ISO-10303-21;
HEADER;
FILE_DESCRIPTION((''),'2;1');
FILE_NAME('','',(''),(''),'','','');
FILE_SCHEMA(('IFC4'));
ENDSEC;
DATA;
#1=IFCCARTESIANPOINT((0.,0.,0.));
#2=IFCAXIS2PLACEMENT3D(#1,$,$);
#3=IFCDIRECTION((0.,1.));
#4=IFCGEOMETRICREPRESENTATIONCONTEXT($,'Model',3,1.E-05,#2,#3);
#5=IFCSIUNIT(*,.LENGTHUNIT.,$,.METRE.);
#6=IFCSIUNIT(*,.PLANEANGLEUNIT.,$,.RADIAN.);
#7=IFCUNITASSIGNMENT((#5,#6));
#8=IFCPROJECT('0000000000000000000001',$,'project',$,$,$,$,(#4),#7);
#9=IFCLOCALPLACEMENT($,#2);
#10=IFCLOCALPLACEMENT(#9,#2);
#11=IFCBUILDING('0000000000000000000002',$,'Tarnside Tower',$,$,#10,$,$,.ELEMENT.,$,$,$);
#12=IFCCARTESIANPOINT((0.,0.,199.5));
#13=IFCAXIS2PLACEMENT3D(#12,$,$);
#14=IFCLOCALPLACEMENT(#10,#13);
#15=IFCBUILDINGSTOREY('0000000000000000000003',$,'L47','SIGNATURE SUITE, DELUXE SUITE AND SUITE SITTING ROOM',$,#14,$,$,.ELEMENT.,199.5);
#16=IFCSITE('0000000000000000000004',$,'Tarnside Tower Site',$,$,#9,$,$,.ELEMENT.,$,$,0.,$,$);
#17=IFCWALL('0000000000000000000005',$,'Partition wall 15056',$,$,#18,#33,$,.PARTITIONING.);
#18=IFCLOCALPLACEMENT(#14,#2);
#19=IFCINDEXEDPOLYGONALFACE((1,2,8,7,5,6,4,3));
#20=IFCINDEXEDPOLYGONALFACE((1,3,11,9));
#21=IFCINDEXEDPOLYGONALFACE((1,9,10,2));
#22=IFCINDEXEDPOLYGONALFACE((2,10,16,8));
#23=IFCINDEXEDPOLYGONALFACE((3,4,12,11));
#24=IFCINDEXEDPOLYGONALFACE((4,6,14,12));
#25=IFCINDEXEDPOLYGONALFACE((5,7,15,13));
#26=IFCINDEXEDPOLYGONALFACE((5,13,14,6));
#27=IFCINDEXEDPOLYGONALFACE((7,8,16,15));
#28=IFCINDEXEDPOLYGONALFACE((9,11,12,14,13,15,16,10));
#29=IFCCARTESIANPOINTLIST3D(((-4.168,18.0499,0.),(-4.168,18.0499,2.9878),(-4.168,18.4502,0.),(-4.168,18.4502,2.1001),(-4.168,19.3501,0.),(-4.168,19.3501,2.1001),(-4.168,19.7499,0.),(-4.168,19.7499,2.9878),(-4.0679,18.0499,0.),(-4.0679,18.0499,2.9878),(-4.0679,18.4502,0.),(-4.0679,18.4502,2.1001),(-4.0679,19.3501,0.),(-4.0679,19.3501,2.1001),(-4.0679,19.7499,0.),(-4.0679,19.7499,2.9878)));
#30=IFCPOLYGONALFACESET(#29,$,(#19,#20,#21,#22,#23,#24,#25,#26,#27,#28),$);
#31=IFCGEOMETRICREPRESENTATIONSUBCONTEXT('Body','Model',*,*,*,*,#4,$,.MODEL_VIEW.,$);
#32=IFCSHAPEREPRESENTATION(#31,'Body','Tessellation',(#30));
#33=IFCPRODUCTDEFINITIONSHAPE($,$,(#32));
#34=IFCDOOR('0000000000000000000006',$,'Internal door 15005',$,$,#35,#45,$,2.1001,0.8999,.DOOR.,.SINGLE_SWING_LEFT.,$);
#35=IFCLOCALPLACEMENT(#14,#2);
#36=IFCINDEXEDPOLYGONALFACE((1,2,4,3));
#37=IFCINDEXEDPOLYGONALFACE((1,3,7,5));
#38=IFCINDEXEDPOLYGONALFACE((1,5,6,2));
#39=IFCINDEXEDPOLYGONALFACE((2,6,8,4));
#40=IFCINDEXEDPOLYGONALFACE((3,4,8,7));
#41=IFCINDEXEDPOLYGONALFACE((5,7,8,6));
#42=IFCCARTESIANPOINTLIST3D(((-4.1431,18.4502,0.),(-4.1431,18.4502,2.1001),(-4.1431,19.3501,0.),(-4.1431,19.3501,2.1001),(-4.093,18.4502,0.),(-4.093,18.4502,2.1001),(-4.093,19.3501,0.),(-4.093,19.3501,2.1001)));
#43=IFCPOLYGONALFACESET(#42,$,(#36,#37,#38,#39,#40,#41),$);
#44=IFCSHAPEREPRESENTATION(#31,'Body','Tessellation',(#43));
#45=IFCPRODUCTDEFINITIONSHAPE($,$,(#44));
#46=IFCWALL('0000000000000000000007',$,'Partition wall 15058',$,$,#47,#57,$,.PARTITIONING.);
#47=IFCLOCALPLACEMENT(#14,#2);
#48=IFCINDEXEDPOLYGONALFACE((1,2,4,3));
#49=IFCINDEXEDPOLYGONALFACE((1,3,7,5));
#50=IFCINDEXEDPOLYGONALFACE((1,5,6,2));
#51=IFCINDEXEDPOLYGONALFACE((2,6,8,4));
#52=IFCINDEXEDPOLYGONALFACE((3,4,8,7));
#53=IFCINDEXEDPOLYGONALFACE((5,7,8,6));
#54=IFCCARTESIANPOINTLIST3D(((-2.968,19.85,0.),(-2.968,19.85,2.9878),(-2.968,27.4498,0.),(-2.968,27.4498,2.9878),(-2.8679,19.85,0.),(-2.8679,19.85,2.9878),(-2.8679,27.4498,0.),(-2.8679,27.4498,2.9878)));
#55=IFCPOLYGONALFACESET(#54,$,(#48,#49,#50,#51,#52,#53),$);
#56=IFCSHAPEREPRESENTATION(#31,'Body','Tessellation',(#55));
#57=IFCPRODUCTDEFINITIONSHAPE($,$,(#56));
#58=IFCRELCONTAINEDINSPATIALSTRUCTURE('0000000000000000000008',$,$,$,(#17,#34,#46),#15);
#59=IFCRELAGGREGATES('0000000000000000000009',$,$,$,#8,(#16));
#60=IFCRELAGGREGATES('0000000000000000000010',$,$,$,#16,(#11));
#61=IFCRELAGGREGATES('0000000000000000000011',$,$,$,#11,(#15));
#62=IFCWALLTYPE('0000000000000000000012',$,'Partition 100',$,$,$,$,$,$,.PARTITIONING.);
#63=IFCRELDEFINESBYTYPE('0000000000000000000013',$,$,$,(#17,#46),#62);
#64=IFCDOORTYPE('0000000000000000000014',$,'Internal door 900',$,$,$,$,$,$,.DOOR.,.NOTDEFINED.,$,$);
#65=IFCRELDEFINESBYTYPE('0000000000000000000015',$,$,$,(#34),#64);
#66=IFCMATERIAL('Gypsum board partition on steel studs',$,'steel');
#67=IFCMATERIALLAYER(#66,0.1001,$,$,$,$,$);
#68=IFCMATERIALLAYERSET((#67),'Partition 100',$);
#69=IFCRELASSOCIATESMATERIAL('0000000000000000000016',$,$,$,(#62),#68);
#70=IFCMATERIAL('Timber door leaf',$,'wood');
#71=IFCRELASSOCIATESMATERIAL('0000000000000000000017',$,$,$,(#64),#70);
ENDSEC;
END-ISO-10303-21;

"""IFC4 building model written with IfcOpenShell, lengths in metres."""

from ifc_helpers import new_model, si_unit, direction, frame, frame_2d, origin, place, context, subcontext, project, spatial, rectangle, extrude, material, layer, layer_set, type_object, element, fill, save


model = new_model("IFC4")

# Units and contexts
model_context = context("Model", 3, precision=1e-05, world=origin(), true_north=direction((0.0, 1.0)))
body_context = subcontext(model_context, "Body", "Model", "MODEL_VIEW")
ifc_project = project(units=[si_unit("LENGTHUNIT", "METRE"), si_unit("PLANEANGLEUNIT", "RADIAN")], contexts=[model_context])

# Site, building, storey
site_placement = place(None, origin())
site = spatial("IfcSite", under=ifc_project, at=site_placement, Name="Tarnside Tower Site", CompositionType="ELEMENT", RefElevation=0.0)
building_placement = place(site_placement, origin())
building = spatial("IfcBuilding", under=site, at=building_placement, Name="Tarnside Tower", CompositionType="ELEMENT")
storey_placement = place(building_placement, frame((0.0, 0.0, 199.5)))
storey = spatial("IfcBuildingStorey", under=building, at=storey_placement, Name="L47", Description="SIGNATURE SUITE, DELUXE SUITE AND SUITE SITTING ROOM", CompositionType="ELEMENT", Elevation=199.5)

# Shared definitions
ifc_material_1 = material(Name="Gypsum board partition on steel studs", Category="steel")
ifc_material_2 = material(Name="Timber door leaf", Category="wood")

# Shared definitions
ifc_layer_1 = layer(ifc_material_1, 0.1001)
ifc_layer_set_1 = layer_set([ifc_layer_1], Name="Partition 100")
wall_type_1 = type_object("IfcWallType", Name="Partition 100", PredefinedType="PARTITIONING", material=ifc_layer_set_1)

# Wall, opening, door
wall_1_placement = place(storey_placement, frame((-4.1179, 19.75, 0.0), z_axis=(0.0, 0.0, 1.0), x_axis=(0.0, -1.0, 0.0)))
wall_1 = element("IfcWall", 1, at=wall_1_placement, inside=storey, type_object=wall_type_1, Name="Partition wall 15056", PredefinedType="PARTITIONING", context=body_context, shape_type="SweptSolid", body=[
    extrude(rectangle(XDim=1.7, YDim=0.1001, at=frame_2d((0.8501, 0.0))), origin(), (0.0, 0.0, 1.0), 2.9878),
])
opening_1_placement = place(wall_1_placement, frame((0.3999, 0.0, 0.0)))
opening_1 = element("IfcOpeningElement", 2, at=opening_1_placement, cuts=wall_1, PredefinedType="OPENING", context=body_context, shape_type="SweptSolid", body=[
    extrude(rectangle(XDim=0.8999, YDim=2.1001, at=frame_2d((0.45, 1.05))), frame((0.0, 0.0601, 0.0), z_axis=(0.0, -1.0, 0.0), x_axis=(1.0, 0.0, 0.0)), (0.0, 0.0, 1.0), 0.1201),
])
door_type_1 = type_object("IfcDoorType", Name="Internal door 900", OperationType="NOTDEFINED", PredefinedType="DOOR", material=ifc_material_2)
door_1_placement = place(opening_1_placement, origin())
door_1 = element("IfcDoor", 3, at=door_1_placement, inside=storey, type_object=door_type_1, Name="Internal door 15005", OperationType="SINGLE_SWING_LEFT", OverallHeight=2.1001, OverallWidth=0.8999, PredefinedType="DOOR", context=body_context, shape_type="SweptSolid", body=[
    extrude(rectangle(XDim=0.8999, YDim=2.1001, at=frame_2d((0.45, 1.05))), frame((0.0, 0.0249, 0.0), z_axis=(0.0, -1.0, 0.0), x_axis=(1.0, 0.0, 0.0)), (0.0, 0.0, 1.0), 0.05),
])
fill(opening_1, door_1)

# Wall
wall_2_placement = place(storey_placement, frame((-2.918, 19.8501, 0.0), z_axis=(0.0, 0.0, 1.0), x_axis=(0.0, 1.0, 0.0)))
element("IfcWall", 4, at=wall_2_placement, inside=storey, type_object=wall_type_1, Name="Partition wall 15058", PredefinedType="PARTITIONING", context=body_context, shape_type="SweptSolid", body=[
    extrude(rectangle(XDim=7.5999, YDim=0.1001, at=frame_2d((3.7998, 0.0))), origin(), (0.0, 0.0, 1.0), 2.9878),
])

save(model, "model.ifc")
